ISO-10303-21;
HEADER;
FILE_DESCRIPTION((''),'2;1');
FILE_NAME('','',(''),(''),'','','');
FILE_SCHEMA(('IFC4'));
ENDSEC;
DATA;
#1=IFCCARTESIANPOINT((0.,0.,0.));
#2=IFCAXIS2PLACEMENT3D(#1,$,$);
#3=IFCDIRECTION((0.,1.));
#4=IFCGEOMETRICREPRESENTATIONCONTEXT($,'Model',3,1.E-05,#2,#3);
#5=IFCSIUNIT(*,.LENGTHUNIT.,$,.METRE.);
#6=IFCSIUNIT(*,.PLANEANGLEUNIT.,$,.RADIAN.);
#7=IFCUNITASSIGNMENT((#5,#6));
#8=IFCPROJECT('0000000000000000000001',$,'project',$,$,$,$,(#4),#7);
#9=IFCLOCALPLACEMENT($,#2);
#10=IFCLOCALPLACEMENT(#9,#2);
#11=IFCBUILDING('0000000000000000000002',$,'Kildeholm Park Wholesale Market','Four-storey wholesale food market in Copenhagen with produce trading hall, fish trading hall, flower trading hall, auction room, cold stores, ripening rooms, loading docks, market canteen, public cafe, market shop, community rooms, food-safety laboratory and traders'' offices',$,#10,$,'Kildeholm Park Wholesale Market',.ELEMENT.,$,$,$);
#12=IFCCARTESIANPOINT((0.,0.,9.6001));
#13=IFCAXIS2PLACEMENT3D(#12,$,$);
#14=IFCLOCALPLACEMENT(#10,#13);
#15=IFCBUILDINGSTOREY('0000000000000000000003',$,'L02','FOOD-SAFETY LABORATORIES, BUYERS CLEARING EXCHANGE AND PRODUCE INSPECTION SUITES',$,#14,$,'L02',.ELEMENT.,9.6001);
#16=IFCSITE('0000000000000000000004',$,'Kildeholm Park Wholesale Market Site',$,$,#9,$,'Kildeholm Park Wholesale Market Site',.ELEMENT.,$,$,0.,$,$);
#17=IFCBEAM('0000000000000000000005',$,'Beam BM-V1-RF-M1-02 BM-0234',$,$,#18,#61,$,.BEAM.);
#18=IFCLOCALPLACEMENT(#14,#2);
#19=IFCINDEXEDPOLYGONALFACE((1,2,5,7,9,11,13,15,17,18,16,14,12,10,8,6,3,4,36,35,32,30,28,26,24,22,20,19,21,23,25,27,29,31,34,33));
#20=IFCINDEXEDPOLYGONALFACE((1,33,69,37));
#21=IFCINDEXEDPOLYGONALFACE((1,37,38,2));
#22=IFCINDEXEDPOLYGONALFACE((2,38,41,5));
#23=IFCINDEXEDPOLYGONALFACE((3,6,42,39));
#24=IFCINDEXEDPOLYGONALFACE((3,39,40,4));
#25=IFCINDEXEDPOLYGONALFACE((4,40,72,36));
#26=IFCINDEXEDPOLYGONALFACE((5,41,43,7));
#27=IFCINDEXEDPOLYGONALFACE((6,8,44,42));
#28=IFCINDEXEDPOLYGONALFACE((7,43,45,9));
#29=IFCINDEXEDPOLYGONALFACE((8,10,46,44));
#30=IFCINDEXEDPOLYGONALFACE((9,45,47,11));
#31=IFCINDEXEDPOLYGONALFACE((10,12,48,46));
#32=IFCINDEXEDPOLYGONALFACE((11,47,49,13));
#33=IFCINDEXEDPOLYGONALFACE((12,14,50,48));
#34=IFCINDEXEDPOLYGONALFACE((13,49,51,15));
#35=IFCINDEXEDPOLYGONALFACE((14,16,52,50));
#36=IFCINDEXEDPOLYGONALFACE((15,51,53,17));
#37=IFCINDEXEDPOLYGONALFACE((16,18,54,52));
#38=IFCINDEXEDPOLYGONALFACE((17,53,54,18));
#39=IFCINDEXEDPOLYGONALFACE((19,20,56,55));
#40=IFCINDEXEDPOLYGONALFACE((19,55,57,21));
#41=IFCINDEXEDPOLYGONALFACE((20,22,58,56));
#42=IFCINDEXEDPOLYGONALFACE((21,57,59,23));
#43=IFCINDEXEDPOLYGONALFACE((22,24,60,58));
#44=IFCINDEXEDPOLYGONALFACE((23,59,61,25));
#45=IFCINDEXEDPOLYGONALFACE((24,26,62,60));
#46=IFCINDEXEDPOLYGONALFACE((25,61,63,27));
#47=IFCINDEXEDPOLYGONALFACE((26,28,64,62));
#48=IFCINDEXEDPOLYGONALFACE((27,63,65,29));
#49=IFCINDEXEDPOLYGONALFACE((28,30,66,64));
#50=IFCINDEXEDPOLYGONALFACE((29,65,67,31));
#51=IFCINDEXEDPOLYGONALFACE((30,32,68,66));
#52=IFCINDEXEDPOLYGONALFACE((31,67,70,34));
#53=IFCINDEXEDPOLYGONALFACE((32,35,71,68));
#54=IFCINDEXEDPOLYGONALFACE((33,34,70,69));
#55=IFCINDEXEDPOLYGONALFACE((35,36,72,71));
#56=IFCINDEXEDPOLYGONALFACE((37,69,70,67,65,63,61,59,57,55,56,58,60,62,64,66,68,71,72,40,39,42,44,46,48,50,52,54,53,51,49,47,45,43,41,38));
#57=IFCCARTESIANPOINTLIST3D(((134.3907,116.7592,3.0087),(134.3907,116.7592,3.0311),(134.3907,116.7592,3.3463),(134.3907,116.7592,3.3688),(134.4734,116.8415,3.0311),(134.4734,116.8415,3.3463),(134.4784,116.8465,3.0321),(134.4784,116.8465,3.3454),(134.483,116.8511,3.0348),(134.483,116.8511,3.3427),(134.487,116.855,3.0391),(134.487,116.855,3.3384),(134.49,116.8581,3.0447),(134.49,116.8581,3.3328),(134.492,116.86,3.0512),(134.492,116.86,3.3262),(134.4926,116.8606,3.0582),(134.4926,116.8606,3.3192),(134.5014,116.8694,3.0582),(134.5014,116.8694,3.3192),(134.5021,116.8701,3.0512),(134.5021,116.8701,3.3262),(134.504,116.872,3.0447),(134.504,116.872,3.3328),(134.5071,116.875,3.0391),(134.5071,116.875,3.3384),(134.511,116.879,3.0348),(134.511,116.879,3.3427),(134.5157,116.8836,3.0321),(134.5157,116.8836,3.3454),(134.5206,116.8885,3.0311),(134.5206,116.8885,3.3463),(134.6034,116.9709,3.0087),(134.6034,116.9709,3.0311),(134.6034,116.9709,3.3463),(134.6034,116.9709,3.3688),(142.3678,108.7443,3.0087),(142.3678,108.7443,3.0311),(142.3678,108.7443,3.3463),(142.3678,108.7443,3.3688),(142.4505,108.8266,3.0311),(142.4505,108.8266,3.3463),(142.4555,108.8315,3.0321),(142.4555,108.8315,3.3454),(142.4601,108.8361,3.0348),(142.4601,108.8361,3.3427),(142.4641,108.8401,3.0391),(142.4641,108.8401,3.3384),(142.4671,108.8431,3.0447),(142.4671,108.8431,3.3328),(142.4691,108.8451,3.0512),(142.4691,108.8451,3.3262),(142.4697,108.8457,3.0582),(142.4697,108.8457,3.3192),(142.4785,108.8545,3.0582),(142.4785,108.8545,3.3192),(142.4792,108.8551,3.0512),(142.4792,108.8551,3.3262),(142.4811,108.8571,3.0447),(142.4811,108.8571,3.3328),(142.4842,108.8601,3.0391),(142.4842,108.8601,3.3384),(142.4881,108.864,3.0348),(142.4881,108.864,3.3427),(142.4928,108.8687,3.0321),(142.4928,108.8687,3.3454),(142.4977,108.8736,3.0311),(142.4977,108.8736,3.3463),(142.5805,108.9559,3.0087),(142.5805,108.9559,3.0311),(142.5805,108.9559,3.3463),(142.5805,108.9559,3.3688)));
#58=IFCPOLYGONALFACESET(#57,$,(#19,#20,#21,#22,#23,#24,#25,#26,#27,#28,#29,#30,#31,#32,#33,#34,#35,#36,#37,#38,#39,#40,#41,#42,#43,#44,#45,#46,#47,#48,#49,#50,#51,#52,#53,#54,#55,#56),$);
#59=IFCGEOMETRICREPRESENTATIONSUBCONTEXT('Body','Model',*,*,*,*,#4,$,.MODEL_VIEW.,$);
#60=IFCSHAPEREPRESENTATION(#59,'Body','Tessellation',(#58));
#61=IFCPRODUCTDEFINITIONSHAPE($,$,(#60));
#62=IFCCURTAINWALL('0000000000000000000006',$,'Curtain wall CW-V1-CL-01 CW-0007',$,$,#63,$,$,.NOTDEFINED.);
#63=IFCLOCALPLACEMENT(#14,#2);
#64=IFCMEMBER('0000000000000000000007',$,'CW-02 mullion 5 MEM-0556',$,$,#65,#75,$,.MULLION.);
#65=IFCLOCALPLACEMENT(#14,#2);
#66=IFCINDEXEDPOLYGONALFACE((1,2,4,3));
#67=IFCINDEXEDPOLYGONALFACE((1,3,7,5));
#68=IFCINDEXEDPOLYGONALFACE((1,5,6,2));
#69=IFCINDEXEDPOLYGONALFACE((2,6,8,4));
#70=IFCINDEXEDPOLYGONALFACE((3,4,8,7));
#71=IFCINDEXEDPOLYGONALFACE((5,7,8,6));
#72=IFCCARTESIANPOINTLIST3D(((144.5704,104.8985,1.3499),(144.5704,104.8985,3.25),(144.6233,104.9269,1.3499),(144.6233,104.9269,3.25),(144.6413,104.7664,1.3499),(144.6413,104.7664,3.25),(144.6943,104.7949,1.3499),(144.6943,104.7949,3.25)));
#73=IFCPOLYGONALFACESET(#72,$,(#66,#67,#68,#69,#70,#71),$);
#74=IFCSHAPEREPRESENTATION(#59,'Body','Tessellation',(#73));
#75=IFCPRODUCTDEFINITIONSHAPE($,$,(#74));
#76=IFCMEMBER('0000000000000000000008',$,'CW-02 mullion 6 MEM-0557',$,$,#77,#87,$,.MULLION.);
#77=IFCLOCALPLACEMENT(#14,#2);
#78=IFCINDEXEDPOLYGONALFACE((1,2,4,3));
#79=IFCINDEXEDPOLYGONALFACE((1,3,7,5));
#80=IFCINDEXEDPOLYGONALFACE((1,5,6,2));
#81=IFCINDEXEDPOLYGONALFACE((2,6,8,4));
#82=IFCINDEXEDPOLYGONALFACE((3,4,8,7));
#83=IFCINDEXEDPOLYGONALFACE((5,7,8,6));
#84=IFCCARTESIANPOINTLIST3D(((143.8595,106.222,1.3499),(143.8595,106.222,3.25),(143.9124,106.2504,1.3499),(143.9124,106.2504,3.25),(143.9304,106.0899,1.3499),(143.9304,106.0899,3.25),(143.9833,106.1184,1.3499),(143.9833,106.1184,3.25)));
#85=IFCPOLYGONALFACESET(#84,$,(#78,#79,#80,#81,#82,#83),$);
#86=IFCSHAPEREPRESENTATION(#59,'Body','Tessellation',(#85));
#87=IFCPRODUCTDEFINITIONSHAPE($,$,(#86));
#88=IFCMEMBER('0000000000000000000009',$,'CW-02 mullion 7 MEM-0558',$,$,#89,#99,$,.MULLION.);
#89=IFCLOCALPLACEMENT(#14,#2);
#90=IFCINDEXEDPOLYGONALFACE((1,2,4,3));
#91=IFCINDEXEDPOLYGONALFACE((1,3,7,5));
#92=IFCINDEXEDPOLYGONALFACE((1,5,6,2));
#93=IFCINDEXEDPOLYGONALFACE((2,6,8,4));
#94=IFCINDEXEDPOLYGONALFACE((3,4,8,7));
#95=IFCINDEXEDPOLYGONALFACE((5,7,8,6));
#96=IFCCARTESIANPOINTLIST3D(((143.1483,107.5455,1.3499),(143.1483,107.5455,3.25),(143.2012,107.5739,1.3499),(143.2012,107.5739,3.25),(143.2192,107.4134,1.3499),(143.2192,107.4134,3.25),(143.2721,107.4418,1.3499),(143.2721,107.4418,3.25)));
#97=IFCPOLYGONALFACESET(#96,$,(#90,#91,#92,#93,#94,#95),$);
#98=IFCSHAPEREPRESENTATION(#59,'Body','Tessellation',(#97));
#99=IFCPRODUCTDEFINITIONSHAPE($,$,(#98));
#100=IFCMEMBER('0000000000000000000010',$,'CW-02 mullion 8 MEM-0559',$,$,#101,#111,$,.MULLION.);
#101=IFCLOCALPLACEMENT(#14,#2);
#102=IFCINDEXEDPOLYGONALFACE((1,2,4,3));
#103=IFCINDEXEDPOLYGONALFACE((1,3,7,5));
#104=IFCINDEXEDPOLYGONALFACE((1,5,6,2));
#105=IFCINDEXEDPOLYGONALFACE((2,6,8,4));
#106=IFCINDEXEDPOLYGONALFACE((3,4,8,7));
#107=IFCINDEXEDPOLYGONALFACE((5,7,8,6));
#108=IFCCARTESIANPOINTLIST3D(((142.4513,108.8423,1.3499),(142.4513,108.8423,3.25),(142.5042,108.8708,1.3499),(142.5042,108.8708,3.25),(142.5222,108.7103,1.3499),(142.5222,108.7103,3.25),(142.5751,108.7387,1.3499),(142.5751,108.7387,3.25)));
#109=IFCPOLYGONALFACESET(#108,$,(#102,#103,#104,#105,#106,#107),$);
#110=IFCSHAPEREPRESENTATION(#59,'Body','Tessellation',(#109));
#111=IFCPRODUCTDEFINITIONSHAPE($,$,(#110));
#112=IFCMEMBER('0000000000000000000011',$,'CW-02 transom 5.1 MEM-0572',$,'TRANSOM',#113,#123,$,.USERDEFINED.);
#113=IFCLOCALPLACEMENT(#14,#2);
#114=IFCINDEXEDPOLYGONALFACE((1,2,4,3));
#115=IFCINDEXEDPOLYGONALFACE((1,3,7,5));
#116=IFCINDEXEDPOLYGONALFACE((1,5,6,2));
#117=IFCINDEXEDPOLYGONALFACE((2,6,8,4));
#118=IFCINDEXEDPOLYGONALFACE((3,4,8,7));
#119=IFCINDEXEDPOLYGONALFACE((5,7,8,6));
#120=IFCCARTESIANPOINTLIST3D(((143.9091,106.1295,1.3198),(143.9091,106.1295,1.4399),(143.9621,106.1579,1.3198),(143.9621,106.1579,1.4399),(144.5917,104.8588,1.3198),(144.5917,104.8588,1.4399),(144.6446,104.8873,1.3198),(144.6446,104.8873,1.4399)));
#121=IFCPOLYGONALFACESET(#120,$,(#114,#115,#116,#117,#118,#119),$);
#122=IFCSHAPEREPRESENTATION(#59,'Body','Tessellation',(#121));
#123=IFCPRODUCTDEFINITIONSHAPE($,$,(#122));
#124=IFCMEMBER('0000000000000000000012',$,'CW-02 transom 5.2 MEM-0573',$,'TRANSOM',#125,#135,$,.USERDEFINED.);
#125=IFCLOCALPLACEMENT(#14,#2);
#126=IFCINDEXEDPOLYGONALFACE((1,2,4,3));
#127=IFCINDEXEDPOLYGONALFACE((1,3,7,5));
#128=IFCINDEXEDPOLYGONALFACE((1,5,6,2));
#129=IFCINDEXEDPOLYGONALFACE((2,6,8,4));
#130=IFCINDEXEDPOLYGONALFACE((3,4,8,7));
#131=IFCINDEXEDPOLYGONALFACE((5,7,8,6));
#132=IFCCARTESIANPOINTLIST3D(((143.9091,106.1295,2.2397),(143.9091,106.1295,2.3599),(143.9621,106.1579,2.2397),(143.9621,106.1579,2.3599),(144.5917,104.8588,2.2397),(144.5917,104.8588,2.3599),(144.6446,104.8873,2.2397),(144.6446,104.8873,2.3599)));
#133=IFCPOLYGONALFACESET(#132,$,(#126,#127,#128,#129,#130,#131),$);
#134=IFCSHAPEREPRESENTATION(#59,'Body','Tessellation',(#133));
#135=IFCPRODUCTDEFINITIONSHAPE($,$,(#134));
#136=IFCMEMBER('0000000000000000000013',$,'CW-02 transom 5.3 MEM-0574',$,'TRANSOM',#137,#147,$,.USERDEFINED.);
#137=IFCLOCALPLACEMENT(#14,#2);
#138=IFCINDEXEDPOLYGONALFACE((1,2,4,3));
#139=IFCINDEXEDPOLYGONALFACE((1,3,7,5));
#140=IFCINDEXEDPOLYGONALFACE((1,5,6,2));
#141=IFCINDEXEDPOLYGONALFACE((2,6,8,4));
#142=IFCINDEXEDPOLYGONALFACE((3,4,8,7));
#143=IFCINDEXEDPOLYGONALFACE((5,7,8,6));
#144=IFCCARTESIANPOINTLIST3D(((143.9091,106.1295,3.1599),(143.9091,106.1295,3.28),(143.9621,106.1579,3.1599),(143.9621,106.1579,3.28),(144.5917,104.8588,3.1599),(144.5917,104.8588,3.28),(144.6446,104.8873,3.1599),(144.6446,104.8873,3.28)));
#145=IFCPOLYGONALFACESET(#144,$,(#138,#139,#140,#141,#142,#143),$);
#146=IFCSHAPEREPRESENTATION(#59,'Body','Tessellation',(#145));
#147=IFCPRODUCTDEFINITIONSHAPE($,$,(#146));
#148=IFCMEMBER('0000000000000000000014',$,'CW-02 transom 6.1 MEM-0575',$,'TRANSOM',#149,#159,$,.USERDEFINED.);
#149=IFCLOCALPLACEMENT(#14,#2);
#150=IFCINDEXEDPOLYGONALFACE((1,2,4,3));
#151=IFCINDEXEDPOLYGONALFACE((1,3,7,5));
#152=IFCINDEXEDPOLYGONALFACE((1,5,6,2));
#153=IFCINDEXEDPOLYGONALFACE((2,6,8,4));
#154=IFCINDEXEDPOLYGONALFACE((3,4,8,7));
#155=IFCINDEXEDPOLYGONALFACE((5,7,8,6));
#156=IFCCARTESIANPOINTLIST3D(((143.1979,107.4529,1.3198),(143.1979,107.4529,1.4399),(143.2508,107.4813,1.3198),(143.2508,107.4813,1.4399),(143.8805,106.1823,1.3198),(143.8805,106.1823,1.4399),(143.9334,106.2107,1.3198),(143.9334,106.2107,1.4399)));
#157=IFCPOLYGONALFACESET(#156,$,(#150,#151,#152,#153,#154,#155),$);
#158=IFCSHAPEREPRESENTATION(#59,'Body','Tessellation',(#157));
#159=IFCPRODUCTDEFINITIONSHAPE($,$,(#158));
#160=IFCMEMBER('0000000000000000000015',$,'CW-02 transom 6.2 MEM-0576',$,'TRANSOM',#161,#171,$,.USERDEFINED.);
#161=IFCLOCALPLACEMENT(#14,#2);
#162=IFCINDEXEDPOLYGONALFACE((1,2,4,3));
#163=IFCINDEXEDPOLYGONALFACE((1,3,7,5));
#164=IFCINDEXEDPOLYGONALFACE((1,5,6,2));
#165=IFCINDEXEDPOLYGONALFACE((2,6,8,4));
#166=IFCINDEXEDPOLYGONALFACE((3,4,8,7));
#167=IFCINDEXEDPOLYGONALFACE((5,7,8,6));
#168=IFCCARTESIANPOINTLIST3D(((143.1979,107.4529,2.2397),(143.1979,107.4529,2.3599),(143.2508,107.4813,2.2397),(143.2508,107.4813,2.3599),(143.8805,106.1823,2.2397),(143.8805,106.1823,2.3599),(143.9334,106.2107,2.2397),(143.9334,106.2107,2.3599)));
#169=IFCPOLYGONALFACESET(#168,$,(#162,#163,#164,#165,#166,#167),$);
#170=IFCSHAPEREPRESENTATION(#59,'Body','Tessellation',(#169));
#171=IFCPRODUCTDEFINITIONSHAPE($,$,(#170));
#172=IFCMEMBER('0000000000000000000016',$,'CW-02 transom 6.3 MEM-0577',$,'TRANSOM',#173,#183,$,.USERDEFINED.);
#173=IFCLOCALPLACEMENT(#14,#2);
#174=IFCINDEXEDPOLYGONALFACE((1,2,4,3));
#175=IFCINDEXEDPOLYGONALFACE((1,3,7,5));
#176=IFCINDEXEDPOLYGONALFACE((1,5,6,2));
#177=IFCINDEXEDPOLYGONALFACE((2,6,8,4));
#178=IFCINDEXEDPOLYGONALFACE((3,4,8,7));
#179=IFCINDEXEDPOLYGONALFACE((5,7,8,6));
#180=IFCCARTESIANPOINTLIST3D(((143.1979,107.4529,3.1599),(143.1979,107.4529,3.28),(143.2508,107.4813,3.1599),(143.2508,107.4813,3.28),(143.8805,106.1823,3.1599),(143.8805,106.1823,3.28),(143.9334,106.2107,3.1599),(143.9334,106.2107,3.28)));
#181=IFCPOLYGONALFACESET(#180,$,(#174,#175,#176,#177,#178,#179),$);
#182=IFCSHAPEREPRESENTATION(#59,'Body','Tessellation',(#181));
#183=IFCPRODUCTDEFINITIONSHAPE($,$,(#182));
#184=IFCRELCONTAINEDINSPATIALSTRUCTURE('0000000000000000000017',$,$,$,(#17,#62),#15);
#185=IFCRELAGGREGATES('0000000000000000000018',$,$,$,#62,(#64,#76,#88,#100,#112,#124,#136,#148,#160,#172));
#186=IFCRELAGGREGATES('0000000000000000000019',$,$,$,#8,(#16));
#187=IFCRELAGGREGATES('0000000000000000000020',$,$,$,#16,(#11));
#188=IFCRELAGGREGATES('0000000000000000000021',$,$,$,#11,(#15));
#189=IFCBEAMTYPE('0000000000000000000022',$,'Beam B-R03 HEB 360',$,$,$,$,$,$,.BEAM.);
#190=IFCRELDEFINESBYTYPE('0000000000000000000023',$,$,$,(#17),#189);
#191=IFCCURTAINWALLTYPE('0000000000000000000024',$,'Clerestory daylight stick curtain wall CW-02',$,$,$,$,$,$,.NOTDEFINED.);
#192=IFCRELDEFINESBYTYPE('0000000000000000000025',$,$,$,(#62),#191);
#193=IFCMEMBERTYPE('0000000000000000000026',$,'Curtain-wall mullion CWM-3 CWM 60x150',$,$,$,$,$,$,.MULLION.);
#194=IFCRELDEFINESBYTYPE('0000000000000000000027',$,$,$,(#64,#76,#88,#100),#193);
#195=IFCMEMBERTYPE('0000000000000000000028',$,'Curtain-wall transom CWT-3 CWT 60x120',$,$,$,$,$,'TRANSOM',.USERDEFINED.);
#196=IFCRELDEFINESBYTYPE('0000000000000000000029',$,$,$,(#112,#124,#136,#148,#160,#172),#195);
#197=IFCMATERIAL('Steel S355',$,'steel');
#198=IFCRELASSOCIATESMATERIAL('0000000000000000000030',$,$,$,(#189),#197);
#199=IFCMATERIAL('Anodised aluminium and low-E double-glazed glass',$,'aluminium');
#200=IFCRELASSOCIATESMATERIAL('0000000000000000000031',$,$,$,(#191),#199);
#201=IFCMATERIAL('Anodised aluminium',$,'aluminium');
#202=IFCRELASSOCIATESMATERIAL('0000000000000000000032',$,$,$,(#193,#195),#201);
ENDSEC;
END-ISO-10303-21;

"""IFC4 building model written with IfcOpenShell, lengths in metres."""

from ifc_helpers import new_model, si_unit, direction, frame, origin, origin_2d, place, context, subcontext, project, spatial, rectangle, i_section, extrude, material, material_profile, profile_set, type_object, element, aggregate, save


model = new_model("IFC4")

# Units and contexts
model_context = context("Model", 3, precision=1e-05, world=origin(), true_north=direction((0.0, 1.0)))
body_context = subcontext(model_context, "Body", "Model", "MODEL_VIEW")
ifc_project = project(units=[si_unit("LENGTHUNIT", "METRE"), si_unit("PLANEANGLEUNIT", "RADIAN")], contexts=[model_context])

# Site, building, storey
site_placement = place(None, origin())
site = spatial("IfcSite", under=ifc_project, at=site_placement, Name="Kildeholm Park Wholesale Market Site", LongName="Kildeholm Park Wholesale Market Site", CompositionType="ELEMENT", RefElevation=0.0)
building_placement = place(site_placement, origin())
building = spatial("IfcBuilding", under=site, at=building_placement, Name="Kildeholm Park Wholesale Market", Description="Four-storey wholesale food market in Copenhagen with produce trading hall, fish trading hall, flower trading hall, auction room, cold stores, ripening rooms, loading docks, market canteen, public cafe, market shop, community rooms, food-safety laboratory and traders' offices", LongName="Kildeholm Park Wholesale Market", CompositionType="ELEMENT")
storey_placement = place(building_placement, frame((0.0, 0.0, 9.6001)))
storey = spatial("IfcBuildingStorey", under=building, at=storey_placement, Name="L02", Description="FOOD-SAFETY LABORATORIES, BUYERS CLEARING EXCHANGE AND PRODUCE INSPECTION SUITES", LongName="L02", CompositionType="ELEMENT", Elevation=9.6001)

# Shared definitions
ifc_material_1 = material(Name="Steel S355", Category="steel")

# Beam
ifc_material_profile_1 = material_profile(ifc_material_1, i_section(OverallWidth=0.3, OverallDepth=0.3601, WebThickness=0.0125, FlangeThickness=0.0225, FilletRadius=0.0271, at=origin_2d()), Name="HEB 360")
ifc_profile_set_1 = profile_set([ifc_material_profile_1], Name="Steel S355")
beam_type_1 = type_object("IfcBeamType", Name="Beam B-R03 HEB 360", PredefinedType="BEAM", material=ifc_profile_set_1)
beam_1_placement = place(storey_placement, frame((142.4741, 108.8501, 3.1887), z_axis=(-0.705432, 0.708778, 0.0), x_axis=(-0.708778, -0.705432, 0.0)))
element("IfcBeam", 1, at=beam_1_placement, inside=storey, type_object=beam_type_1, Name="Beam BM-V1-RF-M1-02 BM-0234", PredefinedType="BEAM", context=body_context, shape_type="SweptSolid", body=[
    extrude(i_section(OverallWidth=0.3, OverallDepth=0.3601, WebThickness=0.0125, FlangeThickness=0.0225, FilletRadius=0.0271, at=origin_2d()), origin(), (0.0, 0.0, 1.0), 11.3081),
])

# Curtain wall, members
ifc_material_2 = material(Name="Anodised aluminium and low-E double-glazed glass", Category="aluminium")
curtain_wall_type = type_object("IfcCurtainWallType", Name="Clerestory daylight stick curtain wall CW-02", PredefinedType="NOTDEFINED", material=ifc_material_2)
curtain_wall_placement = place(storey_placement, origin())
curtain_wall = element("IfcCurtainWall", 2, at=curtain_wall_placement, inside=storey, type_object=curtain_wall_type, Name="Curtain wall CW-V1-CL-01 CW-0007", PredefinedType="NOTDEFINED")
ifc_material_3 = material(Name="Anodised aluminium", Category="aluminium")
ifc_material_profile_2 = material_profile(ifc_material_3, rectangle(XDim=0.0601, YDim=0.1499, at=origin_2d()), Name="CWM 60x150")
ifc_profile_set_2 = profile_set([ifc_material_profile_2], Name="Anodised aluminium")
member_type_1 = type_object("IfcMemberType", Name="Curtain-wall mullion CWM-3 CWM 60x150", PredefinedType="MULLION", material=ifc_profile_set_2)
member_1_placement = place(storey_placement, frame((144.6323, 104.8467, 1.3499), z_axis=(0.0, 0.0, 1.0), x_axis=(-0.88088, -0.47334, 0.0)))
member_1 = element("IfcMember", 3, at=member_1_placement, type_object=member_type_1, Name="CW-02 mullion 5 MEM-0556", PredefinedType="MULLION", context=body_context, shape_type="SweptSolid", body=[
    extrude(rectangle(XDim=0.0601, YDim=0.1499, at=origin_2d()), origin(), (0.0, 0.0, 1.0), 1.9001),
])
member_2_placement = place(storey_placement, frame((143.9214, 106.1702, 1.3499), z_axis=(0.0, 0.0, 1.0), x_axis=(-0.88088, -0.47334, 0.0)))
member_2 = element("IfcMember", 4, at=member_2_placement, type_object=member_type_1, Name="CW-02 mullion 6 MEM-0557", PredefinedType="MULLION", context=body_context, shape_type="SweptSolid", body=[
    extrude(rectangle(XDim=0.0601, YDim=0.1499, at=origin_2d()), origin(), (0.0, 0.0, 1.0), 1.9001),
])
member_3_placement = place(storey_placement, frame((143.2102, 107.4937, 1.3499), z_axis=(0.0, 0.0, 1.0), x_axis=(-0.88088, -0.47334, 0.0)))
member_3 = element("IfcMember", 5, at=member_3_placement, type_object=member_type_1, Name="CW-02 mullion 7 MEM-0558", PredefinedType="MULLION", context=body_context, shape_type="SweptSolid", body=[
    extrude(rectangle(XDim=0.0601, YDim=0.1499, at=origin_2d()), origin(), (0.0, 0.0, 1.0), 1.9001),
])
member_4_placement = place(storey_placement, frame((142.5132, 108.7905, 1.3499), z_axis=(0.0, 0.0, 1.0), x_axis=(-0.88088, -0.47334, 0.0)))
member_4 = element("IfcMember", 6, at=member_4_placement, type_object=member_type_1, Name="CW-02 mullion 8 MEM-0559", PredefinedType="MULLION", context=body_context, shape_type="SweptSolid", body=[
    extrude(rectangle(XDim=0.0601, YDim=0.1499, at=origin_2d()), origin(), (0.0, 0.0, 1.0), 1.9001),
])
ifc_material_profile_3 = material_profile(ifc_material_3, rectangle(XDim=0.0601, YDim=0.1201, at=origin_2d()), Name="CWT 60x120")
ifc_profile_set_3 = profile_set([ifc_material_profile_3], Name="Anodised aluminium")
member_type_2 = type_object("IfcMemberType", Name="Curtain-wall transom CWT-3 CWT 60x120", ElementType="TRANSOM", PredefinedType="USERDEFINED", material=ifc_profile_set_3)
member_5_placement = place(storey_placement, frame((144.6182, 104.873, 1.3799), z_axis=(-0.473222, 0.880943, 0.0), x_axis=(-0.880943, -0.473222, 0.0)))
member_5 = element("IfcMember", 7, at=member_5_placement, type_object=member_type_2, Name="CW-02 transom 5.1 MEM-0572", ObjectType="TRANSOM", PredefinedType="USERDEFINED", context=body_context, shape_type="SweptSolid", body=[
    extrude(rectangle(XDim=0.0601, YDim=0.1201, at=origin_2d()), origin(), (0.0, 0.0, 1.0), 1.4424),
])
member_6_placement = place(storey_placement, frame((144.6182, 104.873, 2.2998), z_axis=(-0.473222, 0.880943, 0.0), x_axis=(-0.880943, -0.473222, 0.0)))
member_6 = element("IfcMember", 8, at=member_6_placement, type_object=member_type_2, Name="CW-02 transom 5.2 MEM-0573", ObjectType="TRANSOM", PredefinedType="USERDEFINED", context=body_context, shape_type="SweptSolid", body=[
    extrude(rectangle(XDim=0.0601, YDim=0.1201, at=origin_2d()), origin(), (0.0, 0.0, 1.0), 1.4424),
])
member_7_placement = place(storey_placement, frame((144.6182, 104.873, 3.22), z_axis=(-0.473222, 0.880943, 0.0), x_axis=(-0.880943, -0.473222, 0.0)))
member_7 = element("IfcMember", 9, at=member_7_placement, type_object=member_type_2, Name="CW-02 transom 5.3 MEM-0574", ObjectType="TRANSOM", PredefinedType="USERDEFINED", context=body_context, shape_type="SweptSolid", body=[
    extrude(rectangle(XDim=0.0601, YDim=0.1201, at=origin_2d()), origin(), (0.0, 0.0, 1.0), 1.4424),
])
member_8_placement = place(storey_placement, frame((143.907, 106.1965, 1.3799), z_axis=(-0.473292, 0.880906, 0.0), x_axis=(-0.880906, -0.473292, 0.0)))
member_8 = element("IfcMember", 10, at=member_8_placement, type_object=member_type_2, Name="CW-02 transom 6.1 MEM-0575", ObjectType="TRANSOM", PredefinedType="USERDEFINED", context=body_context, shape_type="SweptSolid", body=[
    extrude(rectangle(XDim=0.0601, YDim=0.1201, at=origin_2d()), origin(), (0.0, 0.0, 1.0), 1.4424),
])
member_9_placement = place(storey_placement, frame((143.907, 106.1965, 2.2998), z_axis=(-0.473292, 0.880906, 0.0), x_axis=(-0.880906, -0.473292, 0.0)))
member_9 = element("IfcMember", 11, at=member_9_placement, type_object=member_type_2, Name="CW-02 transom 6.2 MEM-0576", ObjectType="TRANSOM", PredefinedType="USERDEFINED", context=body_context, shape_type="SweptSolid", body=[
    extrude(rectangle(XDim=0.0601, YDim=0.1201, at=origin_2d()), origin(), (0.0, 0.0, 1.0), 1.4424),
])
member_10_placement = place(storey_placement, frame((143.907, 106.1965, 3.22), z_axis=(-0.473292, 0.880906, 0.0), x_axis=(-0.880906, -0.473292, 0.0)))
member_10 = element("IfcMember", 12, at=member_10_placement, type_object=member_type_2, Name="CW-02 transom 6.3 MEM-0577", ObjectType="TRANSOM", PredefinedType="USERDEFINED", context=body_context, shape_type="SweptSolid", body=[
    extrude(rectangle(XDim=0.0601, YDim=0.1201, at=origin_2d()), origin(), (0.0, 0.0, 1.0), 1.4424),
])
aggregate(curtain_wall, [member_1, member_2, member_3, member_4, member_5, member_6, member_7, member_8, member_9, member_10])

save(model, "model.ifc")
